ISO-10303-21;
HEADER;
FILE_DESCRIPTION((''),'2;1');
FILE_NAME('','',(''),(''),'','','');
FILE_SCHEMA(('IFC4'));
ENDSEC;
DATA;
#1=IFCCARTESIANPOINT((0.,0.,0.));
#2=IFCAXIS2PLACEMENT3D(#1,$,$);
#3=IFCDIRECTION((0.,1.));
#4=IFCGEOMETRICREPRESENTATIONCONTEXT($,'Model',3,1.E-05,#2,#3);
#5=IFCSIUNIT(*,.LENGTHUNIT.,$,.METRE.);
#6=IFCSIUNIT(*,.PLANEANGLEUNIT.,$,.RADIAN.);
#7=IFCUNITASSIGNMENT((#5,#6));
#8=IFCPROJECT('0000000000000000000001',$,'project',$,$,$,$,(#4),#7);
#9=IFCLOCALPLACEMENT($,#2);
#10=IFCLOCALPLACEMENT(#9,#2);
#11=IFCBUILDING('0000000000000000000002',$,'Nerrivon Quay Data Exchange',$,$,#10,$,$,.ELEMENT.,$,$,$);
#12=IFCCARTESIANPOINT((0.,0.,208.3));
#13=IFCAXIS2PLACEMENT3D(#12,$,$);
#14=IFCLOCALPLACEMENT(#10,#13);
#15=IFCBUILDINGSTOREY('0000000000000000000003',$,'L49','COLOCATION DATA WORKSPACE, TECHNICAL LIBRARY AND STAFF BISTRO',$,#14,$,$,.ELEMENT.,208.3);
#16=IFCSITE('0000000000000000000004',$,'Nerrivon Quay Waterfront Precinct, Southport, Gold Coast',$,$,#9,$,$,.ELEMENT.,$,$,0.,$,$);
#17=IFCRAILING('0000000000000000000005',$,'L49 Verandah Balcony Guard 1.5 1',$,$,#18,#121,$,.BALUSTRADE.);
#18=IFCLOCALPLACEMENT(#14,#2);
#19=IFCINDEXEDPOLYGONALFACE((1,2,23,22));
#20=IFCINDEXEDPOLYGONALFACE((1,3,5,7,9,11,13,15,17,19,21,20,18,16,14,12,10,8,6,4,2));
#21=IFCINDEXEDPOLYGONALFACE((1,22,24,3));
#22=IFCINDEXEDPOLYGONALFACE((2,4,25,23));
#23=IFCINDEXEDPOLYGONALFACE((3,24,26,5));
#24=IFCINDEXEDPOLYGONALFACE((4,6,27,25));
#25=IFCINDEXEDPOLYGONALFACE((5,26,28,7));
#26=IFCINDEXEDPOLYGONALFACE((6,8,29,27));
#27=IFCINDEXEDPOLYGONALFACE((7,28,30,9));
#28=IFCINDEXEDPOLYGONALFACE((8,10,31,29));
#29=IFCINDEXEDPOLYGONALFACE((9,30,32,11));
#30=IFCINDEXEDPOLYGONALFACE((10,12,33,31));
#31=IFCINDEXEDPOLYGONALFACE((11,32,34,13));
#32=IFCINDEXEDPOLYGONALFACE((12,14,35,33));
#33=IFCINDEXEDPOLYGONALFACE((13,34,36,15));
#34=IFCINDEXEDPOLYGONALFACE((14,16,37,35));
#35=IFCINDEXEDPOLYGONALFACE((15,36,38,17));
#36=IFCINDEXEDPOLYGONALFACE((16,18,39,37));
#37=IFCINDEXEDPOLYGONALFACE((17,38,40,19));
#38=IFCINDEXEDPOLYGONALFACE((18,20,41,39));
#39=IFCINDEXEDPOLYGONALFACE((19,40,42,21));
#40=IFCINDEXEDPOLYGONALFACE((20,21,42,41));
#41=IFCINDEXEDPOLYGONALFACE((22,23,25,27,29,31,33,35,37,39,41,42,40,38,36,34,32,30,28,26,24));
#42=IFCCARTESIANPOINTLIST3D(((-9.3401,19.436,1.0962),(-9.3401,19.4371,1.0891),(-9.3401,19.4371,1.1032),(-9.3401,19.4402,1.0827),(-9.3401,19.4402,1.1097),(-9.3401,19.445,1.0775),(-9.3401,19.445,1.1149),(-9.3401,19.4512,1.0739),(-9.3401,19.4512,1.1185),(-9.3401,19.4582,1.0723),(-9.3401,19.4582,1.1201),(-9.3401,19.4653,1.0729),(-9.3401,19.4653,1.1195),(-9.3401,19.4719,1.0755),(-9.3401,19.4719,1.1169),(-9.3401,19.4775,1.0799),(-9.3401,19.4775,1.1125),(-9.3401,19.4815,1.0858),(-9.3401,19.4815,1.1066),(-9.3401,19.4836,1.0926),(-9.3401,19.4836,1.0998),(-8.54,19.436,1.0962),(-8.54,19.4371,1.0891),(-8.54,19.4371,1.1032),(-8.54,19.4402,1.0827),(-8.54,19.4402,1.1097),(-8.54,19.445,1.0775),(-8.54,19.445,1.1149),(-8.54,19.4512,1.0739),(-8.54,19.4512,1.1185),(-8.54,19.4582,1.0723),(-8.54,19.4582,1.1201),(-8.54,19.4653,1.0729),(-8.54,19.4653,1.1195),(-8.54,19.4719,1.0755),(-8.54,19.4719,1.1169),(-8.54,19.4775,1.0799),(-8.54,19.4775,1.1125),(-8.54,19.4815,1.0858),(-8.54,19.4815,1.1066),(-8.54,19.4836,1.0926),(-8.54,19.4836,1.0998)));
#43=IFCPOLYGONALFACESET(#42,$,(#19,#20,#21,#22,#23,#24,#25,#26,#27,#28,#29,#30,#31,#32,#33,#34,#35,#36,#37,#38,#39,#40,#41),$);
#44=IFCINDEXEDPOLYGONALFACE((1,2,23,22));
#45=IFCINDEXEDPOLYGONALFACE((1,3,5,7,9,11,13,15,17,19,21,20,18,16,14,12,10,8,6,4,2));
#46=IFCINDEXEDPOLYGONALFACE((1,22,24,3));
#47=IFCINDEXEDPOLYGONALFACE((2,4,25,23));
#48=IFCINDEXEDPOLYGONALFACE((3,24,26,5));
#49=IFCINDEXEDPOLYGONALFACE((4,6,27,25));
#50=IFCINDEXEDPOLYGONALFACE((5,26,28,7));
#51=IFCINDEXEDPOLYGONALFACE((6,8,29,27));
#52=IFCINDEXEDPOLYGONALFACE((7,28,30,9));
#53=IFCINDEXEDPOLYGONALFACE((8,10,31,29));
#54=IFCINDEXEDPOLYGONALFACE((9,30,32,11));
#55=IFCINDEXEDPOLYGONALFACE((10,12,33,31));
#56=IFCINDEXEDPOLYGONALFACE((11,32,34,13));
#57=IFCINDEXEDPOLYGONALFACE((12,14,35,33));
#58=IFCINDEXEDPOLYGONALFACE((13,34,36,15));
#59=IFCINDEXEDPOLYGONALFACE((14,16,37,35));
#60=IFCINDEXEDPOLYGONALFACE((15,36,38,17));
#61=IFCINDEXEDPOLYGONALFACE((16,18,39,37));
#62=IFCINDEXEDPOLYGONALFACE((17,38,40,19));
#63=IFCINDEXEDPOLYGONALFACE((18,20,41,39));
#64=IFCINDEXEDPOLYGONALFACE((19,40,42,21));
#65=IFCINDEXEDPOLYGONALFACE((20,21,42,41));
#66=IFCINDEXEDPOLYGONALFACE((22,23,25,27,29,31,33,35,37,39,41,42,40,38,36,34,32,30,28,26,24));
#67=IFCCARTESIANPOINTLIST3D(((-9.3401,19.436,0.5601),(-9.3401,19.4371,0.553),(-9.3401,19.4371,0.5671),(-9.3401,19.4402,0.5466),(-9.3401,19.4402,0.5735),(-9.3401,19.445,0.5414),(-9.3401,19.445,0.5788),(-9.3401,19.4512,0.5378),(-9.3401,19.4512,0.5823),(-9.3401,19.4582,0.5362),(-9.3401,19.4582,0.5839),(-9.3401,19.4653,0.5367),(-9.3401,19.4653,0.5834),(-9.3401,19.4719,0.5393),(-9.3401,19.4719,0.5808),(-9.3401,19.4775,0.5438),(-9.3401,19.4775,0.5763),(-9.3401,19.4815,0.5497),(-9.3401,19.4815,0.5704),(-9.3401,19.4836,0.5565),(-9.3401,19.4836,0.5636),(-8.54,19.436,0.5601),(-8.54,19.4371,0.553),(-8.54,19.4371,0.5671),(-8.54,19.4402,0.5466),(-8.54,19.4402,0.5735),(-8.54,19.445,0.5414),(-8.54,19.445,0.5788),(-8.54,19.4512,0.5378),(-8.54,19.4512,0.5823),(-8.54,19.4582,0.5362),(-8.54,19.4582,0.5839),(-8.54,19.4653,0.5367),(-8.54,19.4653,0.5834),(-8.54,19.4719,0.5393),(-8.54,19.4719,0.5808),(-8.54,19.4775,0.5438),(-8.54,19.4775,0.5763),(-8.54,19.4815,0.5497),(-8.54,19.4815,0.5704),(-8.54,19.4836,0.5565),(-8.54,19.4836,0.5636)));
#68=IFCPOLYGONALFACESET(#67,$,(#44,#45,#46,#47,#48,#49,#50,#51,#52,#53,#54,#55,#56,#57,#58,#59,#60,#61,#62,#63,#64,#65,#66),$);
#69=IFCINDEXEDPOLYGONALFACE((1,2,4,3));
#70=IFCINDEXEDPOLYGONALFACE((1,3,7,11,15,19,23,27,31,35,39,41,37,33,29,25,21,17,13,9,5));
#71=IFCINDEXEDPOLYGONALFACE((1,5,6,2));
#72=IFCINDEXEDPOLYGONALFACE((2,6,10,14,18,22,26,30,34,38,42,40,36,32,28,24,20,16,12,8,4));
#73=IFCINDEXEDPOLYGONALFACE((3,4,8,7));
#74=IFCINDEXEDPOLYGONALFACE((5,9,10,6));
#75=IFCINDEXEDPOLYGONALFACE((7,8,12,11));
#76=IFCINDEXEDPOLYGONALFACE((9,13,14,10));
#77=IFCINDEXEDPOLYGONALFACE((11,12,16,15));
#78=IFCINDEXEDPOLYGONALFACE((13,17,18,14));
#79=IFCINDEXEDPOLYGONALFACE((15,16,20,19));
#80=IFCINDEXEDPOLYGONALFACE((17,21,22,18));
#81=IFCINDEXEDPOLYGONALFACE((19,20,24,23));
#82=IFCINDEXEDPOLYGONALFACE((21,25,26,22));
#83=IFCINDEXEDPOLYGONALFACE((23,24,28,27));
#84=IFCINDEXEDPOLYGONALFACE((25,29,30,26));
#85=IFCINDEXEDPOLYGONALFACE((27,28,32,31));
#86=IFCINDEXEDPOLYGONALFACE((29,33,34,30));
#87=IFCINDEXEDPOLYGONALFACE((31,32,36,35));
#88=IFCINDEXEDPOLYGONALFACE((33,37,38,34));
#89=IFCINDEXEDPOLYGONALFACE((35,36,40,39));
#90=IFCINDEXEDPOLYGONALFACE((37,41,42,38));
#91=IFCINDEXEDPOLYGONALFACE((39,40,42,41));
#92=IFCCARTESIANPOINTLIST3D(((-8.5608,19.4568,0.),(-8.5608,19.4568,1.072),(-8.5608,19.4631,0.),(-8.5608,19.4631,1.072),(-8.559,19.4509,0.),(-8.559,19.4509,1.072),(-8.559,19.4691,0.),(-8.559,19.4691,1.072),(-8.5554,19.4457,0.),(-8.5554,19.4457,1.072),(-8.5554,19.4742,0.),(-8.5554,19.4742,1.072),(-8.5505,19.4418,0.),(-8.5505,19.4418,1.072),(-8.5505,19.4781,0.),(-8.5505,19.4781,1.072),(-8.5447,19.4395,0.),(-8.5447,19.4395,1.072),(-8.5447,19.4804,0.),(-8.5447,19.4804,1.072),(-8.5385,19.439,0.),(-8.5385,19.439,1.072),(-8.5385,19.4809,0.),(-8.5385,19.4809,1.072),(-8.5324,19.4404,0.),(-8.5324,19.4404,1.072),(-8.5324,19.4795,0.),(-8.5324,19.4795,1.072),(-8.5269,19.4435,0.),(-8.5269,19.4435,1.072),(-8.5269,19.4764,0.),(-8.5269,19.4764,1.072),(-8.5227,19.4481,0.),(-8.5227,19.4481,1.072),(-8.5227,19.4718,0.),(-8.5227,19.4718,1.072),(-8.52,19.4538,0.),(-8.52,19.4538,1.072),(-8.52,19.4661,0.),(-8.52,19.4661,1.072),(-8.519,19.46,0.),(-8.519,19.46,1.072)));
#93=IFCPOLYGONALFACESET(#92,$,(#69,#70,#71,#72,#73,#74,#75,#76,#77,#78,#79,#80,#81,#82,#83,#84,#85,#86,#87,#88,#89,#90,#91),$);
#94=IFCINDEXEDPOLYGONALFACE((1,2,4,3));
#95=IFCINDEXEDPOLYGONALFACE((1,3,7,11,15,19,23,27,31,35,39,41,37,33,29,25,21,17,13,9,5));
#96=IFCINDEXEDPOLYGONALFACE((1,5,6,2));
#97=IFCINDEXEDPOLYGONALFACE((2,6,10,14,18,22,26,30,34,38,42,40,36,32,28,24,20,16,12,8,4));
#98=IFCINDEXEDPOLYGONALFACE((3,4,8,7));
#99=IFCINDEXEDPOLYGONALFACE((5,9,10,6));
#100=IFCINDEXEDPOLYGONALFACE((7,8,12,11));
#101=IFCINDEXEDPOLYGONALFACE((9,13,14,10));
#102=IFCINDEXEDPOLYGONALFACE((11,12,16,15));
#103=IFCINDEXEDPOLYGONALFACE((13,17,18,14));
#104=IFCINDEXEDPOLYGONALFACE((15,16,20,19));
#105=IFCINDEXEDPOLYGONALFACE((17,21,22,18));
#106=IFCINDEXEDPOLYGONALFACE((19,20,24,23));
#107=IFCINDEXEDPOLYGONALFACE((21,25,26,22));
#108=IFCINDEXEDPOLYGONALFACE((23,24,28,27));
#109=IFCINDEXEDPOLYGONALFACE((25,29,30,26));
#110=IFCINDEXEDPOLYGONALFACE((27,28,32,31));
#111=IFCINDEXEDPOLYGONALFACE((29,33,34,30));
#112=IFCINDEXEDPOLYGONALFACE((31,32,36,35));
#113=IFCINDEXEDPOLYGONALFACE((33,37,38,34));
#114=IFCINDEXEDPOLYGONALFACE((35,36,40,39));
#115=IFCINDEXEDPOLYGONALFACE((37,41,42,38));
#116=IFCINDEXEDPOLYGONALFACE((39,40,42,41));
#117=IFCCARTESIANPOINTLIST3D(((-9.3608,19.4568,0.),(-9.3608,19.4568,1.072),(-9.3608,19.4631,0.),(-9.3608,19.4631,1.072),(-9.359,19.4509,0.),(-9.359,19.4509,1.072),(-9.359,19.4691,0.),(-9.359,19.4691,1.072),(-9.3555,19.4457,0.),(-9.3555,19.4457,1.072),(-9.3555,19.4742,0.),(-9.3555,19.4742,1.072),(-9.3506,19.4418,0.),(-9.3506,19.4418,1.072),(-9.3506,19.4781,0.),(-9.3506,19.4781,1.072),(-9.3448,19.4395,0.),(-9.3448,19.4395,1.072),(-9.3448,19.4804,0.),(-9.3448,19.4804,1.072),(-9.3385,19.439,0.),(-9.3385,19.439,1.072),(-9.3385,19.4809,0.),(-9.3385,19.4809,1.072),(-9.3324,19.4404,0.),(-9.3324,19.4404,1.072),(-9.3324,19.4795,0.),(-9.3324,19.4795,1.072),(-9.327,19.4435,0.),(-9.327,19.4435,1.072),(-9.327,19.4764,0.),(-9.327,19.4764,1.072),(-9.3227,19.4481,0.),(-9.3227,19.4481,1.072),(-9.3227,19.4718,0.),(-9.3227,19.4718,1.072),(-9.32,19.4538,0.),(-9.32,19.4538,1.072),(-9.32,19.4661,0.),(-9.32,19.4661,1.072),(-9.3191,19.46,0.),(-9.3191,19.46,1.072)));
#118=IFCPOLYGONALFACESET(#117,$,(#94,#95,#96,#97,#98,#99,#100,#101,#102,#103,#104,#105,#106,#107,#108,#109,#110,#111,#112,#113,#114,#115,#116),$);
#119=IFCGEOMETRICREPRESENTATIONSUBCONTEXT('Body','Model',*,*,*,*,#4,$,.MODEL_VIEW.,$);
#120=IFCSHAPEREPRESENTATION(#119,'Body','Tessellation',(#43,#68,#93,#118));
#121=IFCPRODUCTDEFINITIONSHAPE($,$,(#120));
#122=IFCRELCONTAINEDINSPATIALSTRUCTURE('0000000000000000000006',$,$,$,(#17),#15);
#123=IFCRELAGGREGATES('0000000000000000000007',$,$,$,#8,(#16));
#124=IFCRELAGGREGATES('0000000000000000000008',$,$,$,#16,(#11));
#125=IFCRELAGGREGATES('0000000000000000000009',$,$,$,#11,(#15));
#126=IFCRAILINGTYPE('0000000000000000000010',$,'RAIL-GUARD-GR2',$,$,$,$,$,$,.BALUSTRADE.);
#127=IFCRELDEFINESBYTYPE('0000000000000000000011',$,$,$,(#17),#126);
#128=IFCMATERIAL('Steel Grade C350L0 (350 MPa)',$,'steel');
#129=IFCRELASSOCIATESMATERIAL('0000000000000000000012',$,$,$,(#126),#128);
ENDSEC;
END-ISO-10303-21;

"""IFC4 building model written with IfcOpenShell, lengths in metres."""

from ifc_helpers import new_model, si_unit, direction, frame, origin, origin_2d, place, context, subcontext, project, spatial, circle, extrude, material, type_object, element, save


model = new_model("IFC4")

# Units and contexts
model_context = context("Model", 3, precision=1e-05, world=origin(), true_north=direction((0.0, 1.0)))
body_context = subcontext(model_context, "Body", "Model", "MODEL_VIEW")
ifc_project = project(units=[si_unit("LENGTHUNIT", "METRE"), si_unit("PLANEANGLEUNIT", "RADIAN")], contexts=[model_context])

# Site, building, storey
site_placement = place(None, origin())
site = spatial("IfcSite", under=ifc_project, at=site_placement, Name="Nerrivon Quay Waterfront Precinct, Southport, Gold Coast", CompositionType="ELEMENT", RefElevation=0.0)
building_placement = place(site_placement, origin())
building = spatial("IfcBuilding", under=site, at=building_placement, Name="Nerrivon Quay Data Exchange", CompositionType="ELEMENT")
storey_placement = place(building_placement, frame((0.0, 0.0, 208.3)))
storey = spatial("IfcBuildingStorey", under=building, at=storey_placement, Name="L49", Description="COLOCATION DATA WORKSPACE, TECHNICAL LIBRARY AND STAFF BISTRO", CompositionType="ELEMENT", Elevation=208.3)

# Railing
ifc_material_1 = material(Name="Steel Grade C350L0 (350 MPa)", Category="steel")
railing_type = type_object("IfcRailingType", Name="RAIL-GUARD-GR2", PredefinedType="BALUSTRADE", material=ifc_material_1)
railing_1_placement = place(storey_placement, frame((-8.54, 19.46, 0.0)))
element("IfcRailing", 1, at=railing_1_placement, inside=storey, type_object=railing_type, Name="L49 Verandah Balcony Guard 1.5 1", PredefinedType="BALUSTRADE", context=body_context, shape_type="SweptSolid", body=[
    extrude(circle(Radius=0.0239, at=origin_2d()), frame((0.0, 0.0, 1.0962), z_axis=(-1.0, 0.0, 0.0), x_axis=(0.0, -1.0, 0.0)), (0.0, 0.0, 1.0), 0.8),
    extrude(circle(Radius=0.0239, at=origin_2d()), frame((0.0, 0.0, 0.5601), z_axis=(-1.0, 0.0, 0.0), x_axis=(0.0, -1.0, 0.0)), (0.0, 0.0, 1.0), 0.8),
    extrude(circle(Radius=0.021, at=origin_2d()), origin(), (0.0, 0.0, 1.0), 1.072),
    extrude(circle(Radius=0.021, at=origin_2d()), frame((-0.8, 0.0, 0.0)), (0.0, 0.0, 1.0), 1.072),
])

save(model, "model.ifc")
